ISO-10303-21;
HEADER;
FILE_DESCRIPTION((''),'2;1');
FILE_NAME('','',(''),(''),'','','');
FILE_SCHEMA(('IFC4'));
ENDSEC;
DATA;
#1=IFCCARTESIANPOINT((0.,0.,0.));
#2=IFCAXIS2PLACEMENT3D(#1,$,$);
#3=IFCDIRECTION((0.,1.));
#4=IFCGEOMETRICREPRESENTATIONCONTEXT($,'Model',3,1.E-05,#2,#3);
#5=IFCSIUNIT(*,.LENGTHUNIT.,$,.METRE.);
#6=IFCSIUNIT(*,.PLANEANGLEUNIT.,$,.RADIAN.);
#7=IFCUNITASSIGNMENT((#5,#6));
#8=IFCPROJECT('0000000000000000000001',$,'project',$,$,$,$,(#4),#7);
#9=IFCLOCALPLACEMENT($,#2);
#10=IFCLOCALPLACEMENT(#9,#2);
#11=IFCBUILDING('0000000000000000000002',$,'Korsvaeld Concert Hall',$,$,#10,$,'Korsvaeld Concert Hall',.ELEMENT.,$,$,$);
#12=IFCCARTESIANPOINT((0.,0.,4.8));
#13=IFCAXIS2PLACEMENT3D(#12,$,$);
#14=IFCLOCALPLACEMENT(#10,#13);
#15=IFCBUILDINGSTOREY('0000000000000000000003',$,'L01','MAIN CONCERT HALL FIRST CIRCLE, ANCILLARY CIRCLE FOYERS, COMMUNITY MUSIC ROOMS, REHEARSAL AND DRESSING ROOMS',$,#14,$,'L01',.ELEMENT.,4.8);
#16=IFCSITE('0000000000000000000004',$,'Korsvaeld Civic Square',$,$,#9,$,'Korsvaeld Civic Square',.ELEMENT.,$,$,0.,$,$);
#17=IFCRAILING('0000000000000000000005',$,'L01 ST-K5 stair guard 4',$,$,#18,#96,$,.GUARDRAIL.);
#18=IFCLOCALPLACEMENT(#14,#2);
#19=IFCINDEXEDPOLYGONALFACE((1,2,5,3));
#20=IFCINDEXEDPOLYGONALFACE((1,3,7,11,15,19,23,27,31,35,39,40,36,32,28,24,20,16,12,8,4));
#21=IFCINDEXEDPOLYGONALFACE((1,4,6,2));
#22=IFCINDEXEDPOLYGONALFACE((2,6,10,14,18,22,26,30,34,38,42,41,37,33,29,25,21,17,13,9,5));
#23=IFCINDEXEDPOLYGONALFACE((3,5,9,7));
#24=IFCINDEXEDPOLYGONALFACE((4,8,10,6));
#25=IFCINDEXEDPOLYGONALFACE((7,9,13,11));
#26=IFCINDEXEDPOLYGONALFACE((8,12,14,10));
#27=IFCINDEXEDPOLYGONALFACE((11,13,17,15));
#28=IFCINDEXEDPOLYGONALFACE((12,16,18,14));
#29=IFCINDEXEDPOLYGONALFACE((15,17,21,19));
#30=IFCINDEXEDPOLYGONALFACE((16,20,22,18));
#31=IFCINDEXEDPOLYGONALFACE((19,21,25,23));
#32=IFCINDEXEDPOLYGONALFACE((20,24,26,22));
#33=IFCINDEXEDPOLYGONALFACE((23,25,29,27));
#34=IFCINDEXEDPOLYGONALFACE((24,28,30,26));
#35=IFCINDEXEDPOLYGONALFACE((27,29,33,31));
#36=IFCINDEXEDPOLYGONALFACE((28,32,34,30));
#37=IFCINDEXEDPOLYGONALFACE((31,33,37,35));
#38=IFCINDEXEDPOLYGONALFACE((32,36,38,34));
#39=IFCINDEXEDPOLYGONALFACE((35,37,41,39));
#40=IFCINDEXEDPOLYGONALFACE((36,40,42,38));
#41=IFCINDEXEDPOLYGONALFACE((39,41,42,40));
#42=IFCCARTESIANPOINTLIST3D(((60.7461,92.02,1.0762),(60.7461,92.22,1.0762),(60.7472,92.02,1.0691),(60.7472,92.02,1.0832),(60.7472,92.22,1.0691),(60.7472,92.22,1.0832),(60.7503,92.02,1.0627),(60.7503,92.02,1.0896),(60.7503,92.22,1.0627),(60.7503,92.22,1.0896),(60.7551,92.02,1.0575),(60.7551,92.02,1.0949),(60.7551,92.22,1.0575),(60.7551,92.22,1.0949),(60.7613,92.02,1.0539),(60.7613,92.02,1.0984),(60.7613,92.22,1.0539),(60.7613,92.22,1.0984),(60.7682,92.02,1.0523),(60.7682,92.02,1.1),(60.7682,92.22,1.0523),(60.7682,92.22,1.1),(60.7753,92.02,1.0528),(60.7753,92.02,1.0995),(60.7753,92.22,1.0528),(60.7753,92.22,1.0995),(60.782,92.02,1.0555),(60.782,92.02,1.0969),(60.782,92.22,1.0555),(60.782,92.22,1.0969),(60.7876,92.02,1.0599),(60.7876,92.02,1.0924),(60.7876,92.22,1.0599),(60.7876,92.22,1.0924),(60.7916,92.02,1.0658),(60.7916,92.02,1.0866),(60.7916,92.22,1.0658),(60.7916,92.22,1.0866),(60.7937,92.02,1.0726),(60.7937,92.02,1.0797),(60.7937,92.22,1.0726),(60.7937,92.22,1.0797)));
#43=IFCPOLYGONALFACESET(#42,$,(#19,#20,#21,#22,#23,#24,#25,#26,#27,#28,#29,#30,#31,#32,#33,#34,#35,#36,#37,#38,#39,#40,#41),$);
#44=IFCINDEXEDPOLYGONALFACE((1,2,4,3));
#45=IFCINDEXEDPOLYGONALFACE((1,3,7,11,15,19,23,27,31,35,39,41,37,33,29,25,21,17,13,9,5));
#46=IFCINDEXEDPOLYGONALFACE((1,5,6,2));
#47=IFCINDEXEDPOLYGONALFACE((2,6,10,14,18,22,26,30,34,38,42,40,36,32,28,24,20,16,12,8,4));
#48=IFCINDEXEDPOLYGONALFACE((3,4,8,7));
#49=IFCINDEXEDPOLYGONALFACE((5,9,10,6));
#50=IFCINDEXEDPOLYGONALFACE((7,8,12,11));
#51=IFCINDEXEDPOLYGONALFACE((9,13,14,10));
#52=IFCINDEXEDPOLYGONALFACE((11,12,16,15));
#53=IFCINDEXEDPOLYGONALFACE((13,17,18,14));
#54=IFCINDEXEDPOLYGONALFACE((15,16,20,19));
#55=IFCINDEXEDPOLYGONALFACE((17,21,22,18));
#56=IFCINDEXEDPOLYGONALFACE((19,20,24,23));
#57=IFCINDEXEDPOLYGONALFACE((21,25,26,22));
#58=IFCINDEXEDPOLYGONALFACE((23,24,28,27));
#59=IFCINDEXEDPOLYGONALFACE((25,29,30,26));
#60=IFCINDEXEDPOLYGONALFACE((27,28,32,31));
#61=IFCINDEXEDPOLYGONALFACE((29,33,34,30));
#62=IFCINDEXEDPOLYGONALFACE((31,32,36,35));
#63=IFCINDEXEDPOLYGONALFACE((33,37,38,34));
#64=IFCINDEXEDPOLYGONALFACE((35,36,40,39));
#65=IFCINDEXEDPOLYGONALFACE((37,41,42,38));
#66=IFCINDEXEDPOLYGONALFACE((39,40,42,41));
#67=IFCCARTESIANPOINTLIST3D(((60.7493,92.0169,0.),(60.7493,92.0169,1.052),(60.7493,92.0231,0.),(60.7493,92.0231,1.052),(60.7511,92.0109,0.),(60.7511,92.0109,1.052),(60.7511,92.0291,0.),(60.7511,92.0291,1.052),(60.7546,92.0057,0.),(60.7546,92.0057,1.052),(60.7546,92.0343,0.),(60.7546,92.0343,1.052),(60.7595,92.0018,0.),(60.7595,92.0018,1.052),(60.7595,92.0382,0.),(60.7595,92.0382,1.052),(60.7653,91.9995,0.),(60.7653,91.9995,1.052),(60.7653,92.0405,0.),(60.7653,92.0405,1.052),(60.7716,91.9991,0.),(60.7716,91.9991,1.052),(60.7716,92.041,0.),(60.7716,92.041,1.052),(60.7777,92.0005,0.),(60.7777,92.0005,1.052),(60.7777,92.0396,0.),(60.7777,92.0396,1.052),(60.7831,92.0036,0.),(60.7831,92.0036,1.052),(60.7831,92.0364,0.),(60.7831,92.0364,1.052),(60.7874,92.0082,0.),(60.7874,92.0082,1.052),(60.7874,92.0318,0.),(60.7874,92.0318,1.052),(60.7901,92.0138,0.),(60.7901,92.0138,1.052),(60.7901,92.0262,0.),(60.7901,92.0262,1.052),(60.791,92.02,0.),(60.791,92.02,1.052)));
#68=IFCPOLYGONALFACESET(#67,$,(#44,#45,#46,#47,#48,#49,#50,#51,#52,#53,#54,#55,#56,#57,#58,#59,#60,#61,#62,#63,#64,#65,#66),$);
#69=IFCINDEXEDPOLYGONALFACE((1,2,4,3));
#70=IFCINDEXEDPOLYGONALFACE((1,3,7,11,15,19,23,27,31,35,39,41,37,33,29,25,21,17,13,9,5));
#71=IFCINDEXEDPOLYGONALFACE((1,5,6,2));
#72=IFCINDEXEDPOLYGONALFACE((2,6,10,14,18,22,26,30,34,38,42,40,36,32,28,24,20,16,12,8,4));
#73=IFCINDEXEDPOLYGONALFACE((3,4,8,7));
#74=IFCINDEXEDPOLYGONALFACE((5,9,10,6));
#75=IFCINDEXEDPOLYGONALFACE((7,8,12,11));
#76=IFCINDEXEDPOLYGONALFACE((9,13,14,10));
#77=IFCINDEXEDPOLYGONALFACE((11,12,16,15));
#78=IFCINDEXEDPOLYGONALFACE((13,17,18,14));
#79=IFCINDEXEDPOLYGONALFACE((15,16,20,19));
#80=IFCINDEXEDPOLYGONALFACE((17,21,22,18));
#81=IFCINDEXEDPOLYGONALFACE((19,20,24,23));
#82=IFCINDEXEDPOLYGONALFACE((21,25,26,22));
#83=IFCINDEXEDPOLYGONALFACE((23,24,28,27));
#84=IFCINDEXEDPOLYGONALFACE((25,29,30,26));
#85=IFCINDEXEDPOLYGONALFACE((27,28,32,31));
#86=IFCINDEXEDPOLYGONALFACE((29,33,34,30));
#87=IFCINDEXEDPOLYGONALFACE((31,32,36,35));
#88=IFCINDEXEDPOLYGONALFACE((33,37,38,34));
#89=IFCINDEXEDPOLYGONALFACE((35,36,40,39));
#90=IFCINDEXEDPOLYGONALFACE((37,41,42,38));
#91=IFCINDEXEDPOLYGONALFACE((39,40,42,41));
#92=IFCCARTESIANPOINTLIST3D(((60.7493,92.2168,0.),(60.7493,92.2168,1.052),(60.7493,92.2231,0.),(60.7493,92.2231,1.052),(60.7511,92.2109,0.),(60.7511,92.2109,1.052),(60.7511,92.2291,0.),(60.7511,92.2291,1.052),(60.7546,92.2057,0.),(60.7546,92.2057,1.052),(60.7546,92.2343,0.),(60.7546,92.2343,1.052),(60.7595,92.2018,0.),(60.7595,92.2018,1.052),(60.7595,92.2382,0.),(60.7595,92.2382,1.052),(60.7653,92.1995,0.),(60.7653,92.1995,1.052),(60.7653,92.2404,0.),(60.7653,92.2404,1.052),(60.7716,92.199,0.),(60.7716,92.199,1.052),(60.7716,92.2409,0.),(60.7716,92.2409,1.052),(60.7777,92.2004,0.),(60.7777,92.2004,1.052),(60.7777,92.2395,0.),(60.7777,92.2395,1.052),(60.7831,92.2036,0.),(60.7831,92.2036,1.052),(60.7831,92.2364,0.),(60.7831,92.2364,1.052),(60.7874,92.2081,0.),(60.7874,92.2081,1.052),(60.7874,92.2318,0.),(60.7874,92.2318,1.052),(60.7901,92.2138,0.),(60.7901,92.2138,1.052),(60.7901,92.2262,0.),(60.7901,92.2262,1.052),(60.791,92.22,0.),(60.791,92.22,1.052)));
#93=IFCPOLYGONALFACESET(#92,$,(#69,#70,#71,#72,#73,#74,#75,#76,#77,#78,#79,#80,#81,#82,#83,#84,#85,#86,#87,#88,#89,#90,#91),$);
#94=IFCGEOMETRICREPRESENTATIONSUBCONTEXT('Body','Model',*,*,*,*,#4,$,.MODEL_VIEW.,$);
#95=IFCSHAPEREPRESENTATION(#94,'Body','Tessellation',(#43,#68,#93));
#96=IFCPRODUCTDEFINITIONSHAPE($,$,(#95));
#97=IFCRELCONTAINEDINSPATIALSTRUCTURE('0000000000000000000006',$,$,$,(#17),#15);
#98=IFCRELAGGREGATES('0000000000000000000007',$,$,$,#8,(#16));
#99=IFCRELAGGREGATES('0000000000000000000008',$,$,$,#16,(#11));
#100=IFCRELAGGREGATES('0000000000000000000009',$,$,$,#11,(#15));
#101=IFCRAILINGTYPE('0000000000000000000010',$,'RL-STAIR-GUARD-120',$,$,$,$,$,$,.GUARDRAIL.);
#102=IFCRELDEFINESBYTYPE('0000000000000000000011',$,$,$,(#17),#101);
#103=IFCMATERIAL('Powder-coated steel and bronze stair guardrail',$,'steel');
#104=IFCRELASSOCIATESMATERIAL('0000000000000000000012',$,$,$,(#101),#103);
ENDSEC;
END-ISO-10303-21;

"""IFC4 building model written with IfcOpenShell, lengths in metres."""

from ifc_helpers import new_model, si_unit, direction, frame, origin, origin_2d, place, context, subcontext, project, spatial, circle, extrude, material, type_object, element, save


model = new_model("IFC4")

# Units and contexts
model_context = context("Model", 3, precision=1e-05, world=origin(), true_north=direction((0.0, 1.0)))
body_context = subcontext(model_context, "Body", "Model", "MODEL_VIEW")
ifc_project = project(units=[si_unit("LENGTHUNIT", "METRE"), si_unit("PLANEANGLEUNIT", "RADIAN")], contexts=[model_context])

# Site, building, storey
site_placement = place(None, origin())
site = spatial("IfcSite", under=ifc_project, at=site_placement, Name="Korsvaeld Civic Square", LongName="Korsvaeld Civic Square", CompositionType="ELEMENT", RefElevation=0.0)
building_placement = place(site_placement, origin())
building = spatial("IfcBuilding", under=site, at=building_placement, Name="Korsvaeld Concert Hall", LongName="Korsvaeld Concert Hall", CompositionType="ELEMENT")
storey_placement = place(building_placement, frame((0.0, 0.0, 4.8)))
storey = spatial("IfcBuildingStorey", under=building, at=storey_placement, Name="L01", Description="MAIN CONCERT HALL FIRST CIRCLE, ANCILLARY CIRCLE FOYERS, COMMUNITY MUSIC ROOMS, REHEARSAL AND DRESSING ROOMS", LongName="L01", CompositionType="ELEMENT", Elevation=4.8)

# Railing
ifc_material_1 = material(Name="Powder-coated steel and bronze stair guardrail", Category="steel")
railing_type_1 = type_object("IfcRailingType", Name="RL-STAIR-GUARD-120", PredefinedType="GUARDRAIL", material=ifc_material_1)
railing_1_placement = place(storey_placement, frame((60.77, 92.02, 0.0)))
element("IfcRailing", 1, at=railing_1_placement, inside=storey, type_object=railing_type_1, Name="L01 ST-K5 stair guard 4", PredefinedType="GUARDRAIL", context=body_context, shape_type="SweptSolid", body=[
    extrude(circle(Radius=0.0239, at=origin_2d()), frame((0.0, 0.0, 1.0762), z_axis=(0.0, 1.0, 0.0), x_axis=(-1.0, 0.0, 0.0)), (0.0, 0.0, 1.0), 0.2),
    extrude(circle(Radius=0.021, at=origin_2d()), origin(), (0.0, 0.0, 1.0), 1.052),
    extrude(circle(Radius=0.021, at=origin_2d()), frame((0.0, 0.2, 0.0)), (0.0, 0.0, 1.0), 1.052),
])

save(model, "model.ifc")
